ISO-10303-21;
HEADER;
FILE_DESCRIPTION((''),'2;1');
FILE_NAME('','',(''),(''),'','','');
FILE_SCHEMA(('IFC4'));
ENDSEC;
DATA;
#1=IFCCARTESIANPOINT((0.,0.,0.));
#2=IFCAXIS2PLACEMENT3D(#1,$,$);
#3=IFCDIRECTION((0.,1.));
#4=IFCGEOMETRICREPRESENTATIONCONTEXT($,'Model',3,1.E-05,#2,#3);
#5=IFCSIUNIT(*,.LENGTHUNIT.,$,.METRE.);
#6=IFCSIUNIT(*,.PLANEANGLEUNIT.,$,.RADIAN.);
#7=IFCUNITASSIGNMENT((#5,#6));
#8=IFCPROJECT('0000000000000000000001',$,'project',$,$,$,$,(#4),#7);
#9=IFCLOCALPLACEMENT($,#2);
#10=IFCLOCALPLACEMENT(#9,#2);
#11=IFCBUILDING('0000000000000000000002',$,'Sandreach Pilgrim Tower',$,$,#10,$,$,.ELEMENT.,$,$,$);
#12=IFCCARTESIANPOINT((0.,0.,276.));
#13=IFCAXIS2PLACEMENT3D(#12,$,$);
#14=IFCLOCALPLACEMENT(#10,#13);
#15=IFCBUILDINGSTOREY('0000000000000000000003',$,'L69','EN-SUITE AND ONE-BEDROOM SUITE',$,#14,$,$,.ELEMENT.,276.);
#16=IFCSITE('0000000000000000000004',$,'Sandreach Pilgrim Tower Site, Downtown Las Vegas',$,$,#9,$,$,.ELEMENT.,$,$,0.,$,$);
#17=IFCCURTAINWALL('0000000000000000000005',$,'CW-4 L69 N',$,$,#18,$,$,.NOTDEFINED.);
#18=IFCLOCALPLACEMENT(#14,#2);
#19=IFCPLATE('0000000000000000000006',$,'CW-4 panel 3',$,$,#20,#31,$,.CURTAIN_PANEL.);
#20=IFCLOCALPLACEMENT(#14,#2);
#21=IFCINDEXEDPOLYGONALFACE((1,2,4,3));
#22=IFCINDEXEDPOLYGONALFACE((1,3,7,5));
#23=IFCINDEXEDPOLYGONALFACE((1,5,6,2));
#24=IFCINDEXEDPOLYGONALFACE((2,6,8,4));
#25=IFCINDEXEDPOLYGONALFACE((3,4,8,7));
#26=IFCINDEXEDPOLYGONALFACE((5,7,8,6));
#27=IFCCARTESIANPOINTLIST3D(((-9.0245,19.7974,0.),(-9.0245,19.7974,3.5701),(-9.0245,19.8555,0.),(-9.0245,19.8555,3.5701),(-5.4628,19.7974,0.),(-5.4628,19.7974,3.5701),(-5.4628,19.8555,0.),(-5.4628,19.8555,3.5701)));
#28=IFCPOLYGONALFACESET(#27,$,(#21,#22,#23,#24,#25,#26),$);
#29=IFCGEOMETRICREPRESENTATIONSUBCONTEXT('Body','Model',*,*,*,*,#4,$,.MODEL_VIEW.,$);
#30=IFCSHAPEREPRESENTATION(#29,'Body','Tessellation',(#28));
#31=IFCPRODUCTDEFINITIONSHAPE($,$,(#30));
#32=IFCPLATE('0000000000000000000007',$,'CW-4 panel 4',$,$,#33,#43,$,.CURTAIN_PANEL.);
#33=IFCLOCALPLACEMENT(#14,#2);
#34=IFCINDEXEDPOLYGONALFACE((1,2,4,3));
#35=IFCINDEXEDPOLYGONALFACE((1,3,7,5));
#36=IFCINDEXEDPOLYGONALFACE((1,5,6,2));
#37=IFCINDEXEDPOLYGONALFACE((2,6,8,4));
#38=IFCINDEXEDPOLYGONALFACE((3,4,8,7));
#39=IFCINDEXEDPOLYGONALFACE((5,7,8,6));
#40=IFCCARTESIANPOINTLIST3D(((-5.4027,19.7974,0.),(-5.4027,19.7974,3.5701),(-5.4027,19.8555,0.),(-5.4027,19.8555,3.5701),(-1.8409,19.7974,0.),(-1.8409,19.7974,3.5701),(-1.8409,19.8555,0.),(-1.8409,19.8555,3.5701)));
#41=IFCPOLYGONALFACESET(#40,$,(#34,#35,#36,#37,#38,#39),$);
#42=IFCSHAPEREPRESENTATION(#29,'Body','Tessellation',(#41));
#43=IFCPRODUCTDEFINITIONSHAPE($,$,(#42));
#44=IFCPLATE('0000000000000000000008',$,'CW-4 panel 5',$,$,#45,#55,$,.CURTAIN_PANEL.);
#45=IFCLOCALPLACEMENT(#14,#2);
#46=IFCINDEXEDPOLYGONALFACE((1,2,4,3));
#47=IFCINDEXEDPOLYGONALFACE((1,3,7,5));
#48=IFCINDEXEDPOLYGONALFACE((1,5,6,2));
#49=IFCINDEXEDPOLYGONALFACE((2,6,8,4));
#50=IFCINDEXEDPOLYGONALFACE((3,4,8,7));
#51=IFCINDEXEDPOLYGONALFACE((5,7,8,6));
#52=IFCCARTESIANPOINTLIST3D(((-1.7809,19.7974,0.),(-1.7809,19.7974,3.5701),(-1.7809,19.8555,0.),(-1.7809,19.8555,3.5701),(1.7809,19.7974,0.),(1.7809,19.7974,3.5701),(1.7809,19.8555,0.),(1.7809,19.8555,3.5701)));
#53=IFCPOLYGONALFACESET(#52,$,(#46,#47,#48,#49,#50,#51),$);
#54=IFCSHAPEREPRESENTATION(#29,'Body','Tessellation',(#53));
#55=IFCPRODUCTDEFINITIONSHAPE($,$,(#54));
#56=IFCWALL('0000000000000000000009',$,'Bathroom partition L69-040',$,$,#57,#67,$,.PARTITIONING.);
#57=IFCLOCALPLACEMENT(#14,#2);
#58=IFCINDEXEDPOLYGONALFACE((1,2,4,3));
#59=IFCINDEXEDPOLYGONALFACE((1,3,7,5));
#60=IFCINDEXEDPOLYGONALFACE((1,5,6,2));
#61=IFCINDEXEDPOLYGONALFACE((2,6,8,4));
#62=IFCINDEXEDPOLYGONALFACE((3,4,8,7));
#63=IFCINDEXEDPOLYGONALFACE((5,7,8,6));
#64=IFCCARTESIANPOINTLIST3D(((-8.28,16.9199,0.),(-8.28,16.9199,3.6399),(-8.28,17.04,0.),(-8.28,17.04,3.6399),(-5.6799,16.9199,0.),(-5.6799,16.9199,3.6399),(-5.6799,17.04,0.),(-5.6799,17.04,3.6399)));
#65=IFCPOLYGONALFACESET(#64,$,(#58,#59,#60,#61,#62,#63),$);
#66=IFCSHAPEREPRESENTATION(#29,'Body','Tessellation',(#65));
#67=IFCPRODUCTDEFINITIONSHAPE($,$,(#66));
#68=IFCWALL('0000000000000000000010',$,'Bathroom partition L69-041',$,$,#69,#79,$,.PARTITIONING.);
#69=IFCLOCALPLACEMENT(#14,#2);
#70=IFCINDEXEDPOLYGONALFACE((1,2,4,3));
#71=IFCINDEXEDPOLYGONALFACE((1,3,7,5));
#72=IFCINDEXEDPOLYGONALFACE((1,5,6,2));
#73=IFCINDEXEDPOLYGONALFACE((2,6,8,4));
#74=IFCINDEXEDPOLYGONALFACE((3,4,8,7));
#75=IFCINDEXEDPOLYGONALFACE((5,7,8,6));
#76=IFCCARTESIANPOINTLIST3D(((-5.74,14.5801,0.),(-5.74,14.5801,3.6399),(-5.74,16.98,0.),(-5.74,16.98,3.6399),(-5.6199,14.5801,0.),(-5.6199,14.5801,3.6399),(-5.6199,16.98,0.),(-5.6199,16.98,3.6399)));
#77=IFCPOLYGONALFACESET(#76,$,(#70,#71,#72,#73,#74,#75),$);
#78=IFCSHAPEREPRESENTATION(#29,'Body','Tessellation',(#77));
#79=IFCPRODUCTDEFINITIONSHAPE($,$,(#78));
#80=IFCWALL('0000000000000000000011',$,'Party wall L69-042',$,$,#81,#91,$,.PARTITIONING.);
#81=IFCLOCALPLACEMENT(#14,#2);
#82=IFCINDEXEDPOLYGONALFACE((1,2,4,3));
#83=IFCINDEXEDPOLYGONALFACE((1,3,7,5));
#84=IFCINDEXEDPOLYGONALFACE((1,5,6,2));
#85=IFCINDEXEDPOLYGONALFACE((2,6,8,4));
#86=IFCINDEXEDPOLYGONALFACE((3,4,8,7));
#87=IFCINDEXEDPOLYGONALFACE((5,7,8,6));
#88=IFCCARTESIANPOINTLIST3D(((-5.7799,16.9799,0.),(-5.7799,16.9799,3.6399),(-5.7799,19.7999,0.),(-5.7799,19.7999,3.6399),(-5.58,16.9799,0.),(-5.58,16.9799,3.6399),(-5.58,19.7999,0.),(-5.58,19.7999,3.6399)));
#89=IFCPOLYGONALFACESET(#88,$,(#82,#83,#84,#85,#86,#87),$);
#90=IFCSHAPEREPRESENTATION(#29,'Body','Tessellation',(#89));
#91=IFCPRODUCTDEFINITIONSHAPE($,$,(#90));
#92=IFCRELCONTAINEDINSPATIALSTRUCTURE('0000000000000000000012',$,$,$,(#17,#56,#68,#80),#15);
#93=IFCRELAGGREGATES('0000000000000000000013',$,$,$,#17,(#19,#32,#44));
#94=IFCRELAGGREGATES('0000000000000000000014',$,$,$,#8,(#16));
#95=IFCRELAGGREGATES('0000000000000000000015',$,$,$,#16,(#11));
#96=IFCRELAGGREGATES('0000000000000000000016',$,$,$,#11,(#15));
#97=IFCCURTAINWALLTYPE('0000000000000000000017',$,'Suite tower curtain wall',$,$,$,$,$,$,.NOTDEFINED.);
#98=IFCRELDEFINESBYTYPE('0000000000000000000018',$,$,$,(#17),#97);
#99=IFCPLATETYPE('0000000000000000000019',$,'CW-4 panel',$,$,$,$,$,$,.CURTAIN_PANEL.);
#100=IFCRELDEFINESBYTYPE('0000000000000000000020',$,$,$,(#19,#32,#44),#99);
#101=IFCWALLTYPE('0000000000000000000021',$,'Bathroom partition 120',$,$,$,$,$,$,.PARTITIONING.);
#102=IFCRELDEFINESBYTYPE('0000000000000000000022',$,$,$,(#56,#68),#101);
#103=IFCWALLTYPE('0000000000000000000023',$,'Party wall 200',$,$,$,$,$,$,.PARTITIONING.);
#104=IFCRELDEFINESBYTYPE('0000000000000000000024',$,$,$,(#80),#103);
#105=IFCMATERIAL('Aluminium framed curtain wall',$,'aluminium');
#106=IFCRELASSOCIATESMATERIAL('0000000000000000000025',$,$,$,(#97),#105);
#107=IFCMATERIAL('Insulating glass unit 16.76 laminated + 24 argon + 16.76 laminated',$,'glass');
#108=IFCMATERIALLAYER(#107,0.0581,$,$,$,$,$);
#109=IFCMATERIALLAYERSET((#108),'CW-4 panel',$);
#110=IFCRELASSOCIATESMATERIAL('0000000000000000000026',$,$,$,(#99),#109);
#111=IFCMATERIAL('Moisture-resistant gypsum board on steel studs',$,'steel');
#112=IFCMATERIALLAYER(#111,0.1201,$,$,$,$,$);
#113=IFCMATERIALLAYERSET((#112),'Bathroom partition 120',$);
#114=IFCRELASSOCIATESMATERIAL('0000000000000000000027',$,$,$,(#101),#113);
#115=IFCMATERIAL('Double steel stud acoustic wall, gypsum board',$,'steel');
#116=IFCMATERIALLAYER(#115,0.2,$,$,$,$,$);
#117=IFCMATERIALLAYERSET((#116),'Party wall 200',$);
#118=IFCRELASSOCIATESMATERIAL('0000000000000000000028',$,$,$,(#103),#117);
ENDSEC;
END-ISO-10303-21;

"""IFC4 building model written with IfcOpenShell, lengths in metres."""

from ifc_helpers import new_model, si_unit, direction, frame, frame_2d, origin, origin_2d, place, context, subcontext, project, spatial, rectangle, extrude, material, layer, layer_set, type_object, element, aggregate, save


model = new_model("IFC4")

# Units and contexts
model_context = context("Model", 3, precision=1e-05, world=origin(), true_north=direction((0.0, 1.0)))
body_context = subcontext(model_context, "Body", "Model", "MODEL_VIEW")
ifc_project = project(units=[si_unit("LENGTHUNIT", "METRE"), si_unit("PLANEANGLEUNIT", "RADIAN")], contexts=[model_context])

# Site, building, storey
site_placement = place(None, origin())
site = spatial("IfcSite", under=ifc_project, at=site_placement, Name="Sandreach Pilgrim Tower Site, Downtown Las Vegas", CompositionType="ELEMENT", RefElevation=0.0)
building_placement = place(site_placement, origin())
building = spatial("IfcBuilding", under=site, at=building_placement, Name="Sandreach Pilgrim Tower", CompositionType="ELEMENT")
storey_placement = place(building_placement, frame((0.0, 0.0, 276.0)))
storey = spatial("IfcBuildingStorey", under=building, at=storey_placement, Name="L69", Description="EN-SUITE AND ONE-BEDROOM SUITE", CompositionType="ELEMENT", Elevation=276.0)

# Curtain wall
ifc_material_1 = material(Name="Aluminium framed curtain wall", Category="aluminium")
curtain_wall_type = type_object("IfcCurtainWallType", Name="Suite tower curtain wall", PredefinedType="NOTDEFINED", material=ifc_material_1)
curtain_wall_placement = place(storey_placement, origin())
curtain_wall = element("IfcCurtainWall", 1, at=curtain_wall_placement, inside=storey, type_object=curtain_wall_type, Name="CW-4 L69 N", PredefinedType="NOTDEFINED")

# Plates
ifc_material_2 = material(Name="Insulating glass unit 16.76 laminated + 24 argon + 16.76 laminated", Category="glass")
ifc_layer_1 = layer(ifc_material_2, 0.0581)
ifc_layer_set_1 = layer_set([ifc_layer_1], Name="CW-4 panel")
plate_type = type_object("IfcPlateType", Name="CW-4 panel", PredefinedType="CURTAIN_PANEL", material=ifc_layer_set_1)
plate_1_placement = place(storey_placement, frame((-7.2437, 19.8264, 0.0), z_axis=(0.0, 0.0, 1.0), x_axis=(1.0, 0.0, 0.0)))
plate_1 = element("IfcPlate", 2, at=plate_1_placement, type_object=plate_type, Name="CW-4 panel 3", PredefinedType="CURTAIN_PANEL", context=body_context, shape_type="SweptSolid", body=[
    extrude(rectangle(XDim=3.5618, YDim=0.0581, at=origin_2d()), origin(), (0.0, 0.0, 1.0), 3.5701),
])
plate_2_placement = place(storey_placement, frame((-3.6218, 19.8264, 0.0), z_axis=(0.0, 0.0, 1.0), x_axis=(1.0, 0.0, 0.0)))
plate_2 = element("IfcPlate", 3, at=plate_2_placement, type_object=plate_type, Name="CW-4 panel 4", PredefinedType="CURTAIN_PANEL", context=body_context, shape_type="SweptSolid", body=[
    extrude(rectangle(XDim=3.5618, YDim=0.0581, at=origin_2d()), origin(), (0.0, 0.0, 1.0), 3.5701),
])
plate_3_placement = place(storey_placement, frame((0.0, 19.8264, 0.0), z_axis=(0.0, 0.0, 1.0), x_axis=(1.0, 0.0, 0.0)))
plate_3 = element("IfcPlate", 4, at=plate_3_placement, type_object=plate_type, Name="CW-4 panel 5", PredefinedType="CURTAIN_PANEL", context=body_context, shape_type="SweptSolid", body=[
    extrude(rectangle(XDim=3.5618, YDim=0.0581, at=origin_2d()), origin(), (0.0, 0.0, 1.0), 3.5701),
])
aggregate(curtain_wall, [plate_1, plate_2, plate_3])

# Walls
ifc_material_3 = material(Name="Moisture-resistant gypsum board on steel studs", Category="steel")
ifc_layer_2 = layer(ifc_material_3, 0.1201)
ifc_layer_set_2 = layer_set([ifc_layer_2], Name="Bathroom partition 120")
wall_type_1 = type_object("IfcWallType", Name="Bathroom partition 120", PredefinedType="PARTITIONING", material=ifc_layer_set_2)
wall_1_placement = place(storey_placement, frame((-5.6799, 16.98, 0.0), z_axis=(0.0, 0.0, 1.0), x_axis=(-1.0, 0.0, 0.0)))
element("IfcWall", 5, at=wall_1_placement, inside=storey, type_object=wall_type_1, Name="Bathroom partition L69-040", PredefinedType="PARTITIONING", context=body_context, shape_type="SweptSolid", body=[
    extrude(rectangle(XDim=2.6001, YDim=0.1201, at=frame_2d((1.3, 0.0))), origin(), (0.0, 0.0, 1.0), 3.6399),
])
wall_2_placement = place(storey_placement, frame((-5.6799, 16.98, 0.0), z_axis=(0.0, 0.0, 1.0), x_axis=(0.0, -1.0, 0.0)))
element("IfcWall", 6, at=wall_2_placement, inside=storey, type_object=wall_type_1, Name="Bathroom partition L69-041", PredefinedType="PARTITIONING", context=body_context, shape_type="SweptSolid", body=[
    extrude(rectangle(XDim=2.3999, YDim=0.1201, at=frame_2d((1.2, 0.0))), origin(), (0.0, 0.0, 1.0), 3.6399),
])
ifc_material_4 = material(Name="Double steel stud acoustic wall, gypsum board", Category="steel")
ifc_layer_3 = layer(ifc_material_4, 0.2)
ifc_layer_set_3 = layer_set([ifc_layer_3], Name="Party wall 200")
wall_type_2 = type_object("IfcWallType", Name="Party wall 200", PredefinedType="PARTITIONING", material=ifc_layer_set_3)
wall_3_placement = place(storey_placement, frame((-5.6799, 19.8, 0.0), z_axis=(0.0, 0.0, 1.0), x_axis=(0.0, -1.0, 0.0)))
element("IfcWall", 7, at=wall_3_placement, inside=storey, type_object=wall_type_2, Name="Party wall L69-042", PredefinedType="PARTITIONING", context=body_context, shape_type="SweptSolid", body=[
    extrude(rectangle(XDim=2.8201, YDim=0.2, at=frame_2d((1.4102, 0.0))), origin(), (0.0, 0.0, 1.0), 3.6399),
])

save(model, "model.ifc")
